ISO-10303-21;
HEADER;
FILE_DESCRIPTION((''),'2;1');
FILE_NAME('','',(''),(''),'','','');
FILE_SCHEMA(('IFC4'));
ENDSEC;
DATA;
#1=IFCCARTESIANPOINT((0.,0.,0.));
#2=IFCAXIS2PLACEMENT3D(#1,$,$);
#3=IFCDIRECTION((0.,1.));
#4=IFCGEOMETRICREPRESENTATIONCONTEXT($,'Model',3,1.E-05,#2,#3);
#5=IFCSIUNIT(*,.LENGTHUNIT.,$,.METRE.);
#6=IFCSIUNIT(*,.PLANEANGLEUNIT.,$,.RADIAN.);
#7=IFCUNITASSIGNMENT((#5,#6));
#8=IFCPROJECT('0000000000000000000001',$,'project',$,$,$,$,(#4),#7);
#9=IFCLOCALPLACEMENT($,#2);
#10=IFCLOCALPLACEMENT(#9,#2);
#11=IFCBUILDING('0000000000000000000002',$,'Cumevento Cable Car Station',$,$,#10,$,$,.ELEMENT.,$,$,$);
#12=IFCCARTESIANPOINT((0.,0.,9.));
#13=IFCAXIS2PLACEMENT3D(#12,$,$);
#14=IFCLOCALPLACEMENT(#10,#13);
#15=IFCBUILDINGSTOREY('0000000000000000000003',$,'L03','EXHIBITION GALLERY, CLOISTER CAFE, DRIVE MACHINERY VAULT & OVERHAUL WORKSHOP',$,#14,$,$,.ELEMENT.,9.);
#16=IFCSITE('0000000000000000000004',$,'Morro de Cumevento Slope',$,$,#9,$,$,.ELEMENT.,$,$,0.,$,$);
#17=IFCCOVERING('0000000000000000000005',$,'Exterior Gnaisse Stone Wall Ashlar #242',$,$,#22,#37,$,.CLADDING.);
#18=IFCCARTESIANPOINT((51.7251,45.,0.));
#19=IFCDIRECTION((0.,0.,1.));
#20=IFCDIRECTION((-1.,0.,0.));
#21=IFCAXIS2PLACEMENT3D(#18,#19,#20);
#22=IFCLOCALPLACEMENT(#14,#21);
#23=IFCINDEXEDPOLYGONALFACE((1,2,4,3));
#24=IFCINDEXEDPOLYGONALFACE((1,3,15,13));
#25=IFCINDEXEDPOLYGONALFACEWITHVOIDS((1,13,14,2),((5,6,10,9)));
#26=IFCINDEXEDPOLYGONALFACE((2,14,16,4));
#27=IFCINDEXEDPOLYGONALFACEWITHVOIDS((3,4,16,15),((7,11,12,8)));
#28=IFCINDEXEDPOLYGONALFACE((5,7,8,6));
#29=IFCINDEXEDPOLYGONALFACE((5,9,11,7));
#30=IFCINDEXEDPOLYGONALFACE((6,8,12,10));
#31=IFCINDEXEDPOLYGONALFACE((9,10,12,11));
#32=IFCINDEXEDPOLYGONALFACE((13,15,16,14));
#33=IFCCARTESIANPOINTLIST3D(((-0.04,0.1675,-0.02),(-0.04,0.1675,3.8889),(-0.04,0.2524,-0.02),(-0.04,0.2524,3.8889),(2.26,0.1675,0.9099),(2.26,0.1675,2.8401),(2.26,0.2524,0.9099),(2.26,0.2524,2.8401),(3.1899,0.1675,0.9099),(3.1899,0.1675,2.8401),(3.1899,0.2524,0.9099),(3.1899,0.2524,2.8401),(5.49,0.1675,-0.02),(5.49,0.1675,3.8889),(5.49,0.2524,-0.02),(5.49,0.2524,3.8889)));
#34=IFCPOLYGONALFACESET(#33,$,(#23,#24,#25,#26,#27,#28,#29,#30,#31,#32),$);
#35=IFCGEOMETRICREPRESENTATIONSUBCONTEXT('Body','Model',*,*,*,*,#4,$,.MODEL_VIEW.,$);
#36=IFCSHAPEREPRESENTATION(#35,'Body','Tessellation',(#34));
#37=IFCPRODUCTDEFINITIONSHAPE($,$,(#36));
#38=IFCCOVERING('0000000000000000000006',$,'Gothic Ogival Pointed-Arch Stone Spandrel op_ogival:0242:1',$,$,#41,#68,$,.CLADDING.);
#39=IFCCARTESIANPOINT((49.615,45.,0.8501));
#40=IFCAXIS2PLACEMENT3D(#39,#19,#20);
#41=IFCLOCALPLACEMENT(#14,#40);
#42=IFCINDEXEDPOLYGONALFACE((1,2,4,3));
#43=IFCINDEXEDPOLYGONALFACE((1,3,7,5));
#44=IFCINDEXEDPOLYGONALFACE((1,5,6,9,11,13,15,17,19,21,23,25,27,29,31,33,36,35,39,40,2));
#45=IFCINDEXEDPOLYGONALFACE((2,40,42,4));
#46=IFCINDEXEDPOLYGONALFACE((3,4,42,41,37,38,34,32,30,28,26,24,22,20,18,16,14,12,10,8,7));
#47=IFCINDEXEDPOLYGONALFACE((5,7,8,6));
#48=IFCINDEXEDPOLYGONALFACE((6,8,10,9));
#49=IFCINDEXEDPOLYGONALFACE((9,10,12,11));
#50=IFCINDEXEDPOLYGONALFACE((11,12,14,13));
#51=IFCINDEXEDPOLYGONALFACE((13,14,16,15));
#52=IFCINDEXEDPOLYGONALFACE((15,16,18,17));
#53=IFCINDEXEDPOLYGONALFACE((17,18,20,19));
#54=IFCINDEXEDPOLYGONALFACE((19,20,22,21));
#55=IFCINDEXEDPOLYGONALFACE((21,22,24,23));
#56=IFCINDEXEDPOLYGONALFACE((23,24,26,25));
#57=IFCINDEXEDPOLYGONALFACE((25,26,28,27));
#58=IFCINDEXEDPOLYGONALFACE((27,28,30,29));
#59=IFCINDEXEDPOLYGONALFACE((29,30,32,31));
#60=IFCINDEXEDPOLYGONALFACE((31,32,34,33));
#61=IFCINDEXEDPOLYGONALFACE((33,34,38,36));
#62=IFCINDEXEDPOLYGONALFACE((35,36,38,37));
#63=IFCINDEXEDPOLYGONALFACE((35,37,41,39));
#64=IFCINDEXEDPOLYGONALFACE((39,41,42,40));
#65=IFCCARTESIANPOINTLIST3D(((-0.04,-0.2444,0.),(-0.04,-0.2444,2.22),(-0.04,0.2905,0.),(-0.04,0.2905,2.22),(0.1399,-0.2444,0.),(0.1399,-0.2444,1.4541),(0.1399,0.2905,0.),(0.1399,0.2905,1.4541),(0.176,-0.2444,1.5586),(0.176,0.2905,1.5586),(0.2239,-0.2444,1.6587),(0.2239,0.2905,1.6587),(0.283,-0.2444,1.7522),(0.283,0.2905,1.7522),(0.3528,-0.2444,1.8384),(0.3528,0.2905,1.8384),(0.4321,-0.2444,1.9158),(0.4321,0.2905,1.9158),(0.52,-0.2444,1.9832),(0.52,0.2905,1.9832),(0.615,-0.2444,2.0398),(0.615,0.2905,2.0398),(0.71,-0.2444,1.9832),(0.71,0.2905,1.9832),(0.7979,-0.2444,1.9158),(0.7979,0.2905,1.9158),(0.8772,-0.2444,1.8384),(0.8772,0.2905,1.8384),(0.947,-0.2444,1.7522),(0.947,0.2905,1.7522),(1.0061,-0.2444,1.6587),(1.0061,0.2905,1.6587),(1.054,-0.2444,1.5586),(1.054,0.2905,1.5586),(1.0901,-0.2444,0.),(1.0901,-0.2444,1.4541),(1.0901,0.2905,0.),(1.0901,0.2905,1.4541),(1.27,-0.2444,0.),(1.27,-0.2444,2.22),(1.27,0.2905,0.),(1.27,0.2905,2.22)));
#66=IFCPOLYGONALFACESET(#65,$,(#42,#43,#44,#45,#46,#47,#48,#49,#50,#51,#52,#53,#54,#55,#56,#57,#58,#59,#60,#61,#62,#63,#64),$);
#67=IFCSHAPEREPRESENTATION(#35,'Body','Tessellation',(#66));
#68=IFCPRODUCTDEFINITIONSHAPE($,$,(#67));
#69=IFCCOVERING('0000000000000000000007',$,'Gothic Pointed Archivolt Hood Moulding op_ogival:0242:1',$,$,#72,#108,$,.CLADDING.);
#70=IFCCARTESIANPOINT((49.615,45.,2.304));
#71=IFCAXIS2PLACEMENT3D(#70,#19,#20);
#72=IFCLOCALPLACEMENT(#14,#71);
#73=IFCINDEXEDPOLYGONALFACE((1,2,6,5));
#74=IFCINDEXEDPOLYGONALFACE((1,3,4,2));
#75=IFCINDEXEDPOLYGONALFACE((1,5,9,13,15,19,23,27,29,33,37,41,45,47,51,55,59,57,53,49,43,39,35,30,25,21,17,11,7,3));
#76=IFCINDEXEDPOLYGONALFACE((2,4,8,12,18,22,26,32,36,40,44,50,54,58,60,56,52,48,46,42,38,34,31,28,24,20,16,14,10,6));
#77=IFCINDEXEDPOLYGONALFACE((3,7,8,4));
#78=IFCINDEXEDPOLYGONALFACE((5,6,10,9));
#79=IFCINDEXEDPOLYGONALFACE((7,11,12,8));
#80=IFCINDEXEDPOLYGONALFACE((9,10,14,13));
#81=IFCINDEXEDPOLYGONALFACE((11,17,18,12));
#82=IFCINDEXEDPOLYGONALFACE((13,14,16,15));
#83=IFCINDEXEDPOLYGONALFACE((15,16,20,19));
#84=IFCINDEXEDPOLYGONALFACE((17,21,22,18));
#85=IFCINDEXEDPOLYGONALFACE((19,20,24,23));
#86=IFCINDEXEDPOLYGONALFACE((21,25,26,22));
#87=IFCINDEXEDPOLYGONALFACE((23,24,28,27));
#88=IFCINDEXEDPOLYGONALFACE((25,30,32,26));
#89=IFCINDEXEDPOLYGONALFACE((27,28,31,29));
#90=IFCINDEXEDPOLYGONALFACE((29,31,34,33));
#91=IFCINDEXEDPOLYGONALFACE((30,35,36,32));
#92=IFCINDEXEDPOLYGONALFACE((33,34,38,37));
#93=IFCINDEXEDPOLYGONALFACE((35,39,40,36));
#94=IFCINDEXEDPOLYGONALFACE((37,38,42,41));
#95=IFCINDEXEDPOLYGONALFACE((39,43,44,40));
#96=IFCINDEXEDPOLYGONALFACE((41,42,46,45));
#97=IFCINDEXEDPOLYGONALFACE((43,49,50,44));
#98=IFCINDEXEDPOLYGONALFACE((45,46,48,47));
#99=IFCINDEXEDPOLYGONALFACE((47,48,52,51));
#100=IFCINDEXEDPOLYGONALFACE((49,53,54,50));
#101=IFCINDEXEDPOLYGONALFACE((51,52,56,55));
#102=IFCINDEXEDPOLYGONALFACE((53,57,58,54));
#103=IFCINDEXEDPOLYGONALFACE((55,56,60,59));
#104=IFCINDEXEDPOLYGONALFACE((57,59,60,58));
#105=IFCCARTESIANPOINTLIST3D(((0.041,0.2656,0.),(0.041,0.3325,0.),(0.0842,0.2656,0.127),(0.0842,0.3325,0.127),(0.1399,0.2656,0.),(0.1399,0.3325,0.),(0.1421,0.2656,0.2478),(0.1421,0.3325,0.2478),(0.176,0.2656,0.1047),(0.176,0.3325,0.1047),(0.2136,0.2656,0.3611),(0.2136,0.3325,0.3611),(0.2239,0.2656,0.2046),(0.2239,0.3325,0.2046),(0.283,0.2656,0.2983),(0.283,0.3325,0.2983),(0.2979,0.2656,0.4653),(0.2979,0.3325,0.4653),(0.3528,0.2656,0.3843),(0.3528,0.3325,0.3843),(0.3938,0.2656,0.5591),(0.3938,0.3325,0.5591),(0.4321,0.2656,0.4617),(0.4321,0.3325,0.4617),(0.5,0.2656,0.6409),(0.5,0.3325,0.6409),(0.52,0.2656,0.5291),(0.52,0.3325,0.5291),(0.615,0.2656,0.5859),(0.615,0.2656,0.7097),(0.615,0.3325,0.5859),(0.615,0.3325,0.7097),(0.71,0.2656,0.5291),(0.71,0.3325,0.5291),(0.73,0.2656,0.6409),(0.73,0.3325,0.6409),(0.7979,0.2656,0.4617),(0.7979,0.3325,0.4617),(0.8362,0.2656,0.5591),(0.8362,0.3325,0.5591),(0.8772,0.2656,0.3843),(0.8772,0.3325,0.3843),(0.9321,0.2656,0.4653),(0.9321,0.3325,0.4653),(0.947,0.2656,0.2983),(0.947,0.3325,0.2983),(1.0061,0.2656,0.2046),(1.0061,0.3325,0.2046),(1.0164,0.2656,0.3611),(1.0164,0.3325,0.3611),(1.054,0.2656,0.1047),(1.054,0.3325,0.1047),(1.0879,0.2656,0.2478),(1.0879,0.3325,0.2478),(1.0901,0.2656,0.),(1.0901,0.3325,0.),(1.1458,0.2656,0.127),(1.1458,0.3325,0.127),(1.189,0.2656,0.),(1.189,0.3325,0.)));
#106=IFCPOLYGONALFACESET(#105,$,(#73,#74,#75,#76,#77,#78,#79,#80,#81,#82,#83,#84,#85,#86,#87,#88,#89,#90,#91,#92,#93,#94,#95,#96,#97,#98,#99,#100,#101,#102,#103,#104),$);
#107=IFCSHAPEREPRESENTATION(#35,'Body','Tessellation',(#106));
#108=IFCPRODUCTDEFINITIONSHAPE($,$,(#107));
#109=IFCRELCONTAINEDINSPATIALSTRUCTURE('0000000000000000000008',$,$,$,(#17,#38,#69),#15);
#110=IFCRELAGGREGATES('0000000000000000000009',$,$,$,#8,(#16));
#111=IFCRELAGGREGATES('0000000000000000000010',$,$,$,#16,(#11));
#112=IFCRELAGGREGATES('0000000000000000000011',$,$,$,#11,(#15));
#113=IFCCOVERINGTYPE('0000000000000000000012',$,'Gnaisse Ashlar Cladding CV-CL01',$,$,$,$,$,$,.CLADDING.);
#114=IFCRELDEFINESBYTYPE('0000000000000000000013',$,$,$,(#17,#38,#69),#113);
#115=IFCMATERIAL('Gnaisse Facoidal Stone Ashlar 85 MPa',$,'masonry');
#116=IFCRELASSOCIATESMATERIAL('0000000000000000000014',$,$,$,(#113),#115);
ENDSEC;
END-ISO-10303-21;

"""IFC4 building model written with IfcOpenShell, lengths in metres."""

from ifc_helpers import new_model, si_unit, direction, frame, origin, place, context, subcontext, project, spatial, polyline, outline, extrude, material, type_object, element, save


model = new_model("IFC4")

# Units and contexts
model_context = context("Model", 3, precision=1e-05, world=origin(), true_north=direction((0.0, 1.0)))
body_context = subcontext(model_context, "Body", "Model", "MODEL_VIEW")
ifc_project = project(units=[si_unit("LENGTHUNIT", "METRE"), si_unit("PLANEANGLEUNIT", "RADIAN")], contexts=[model_context])

# Site, building, storey
site_placement = place(None, origin())
site = spatial("IfcSite", under=ifc_project, at=site_placement, Name="Morro de Cumevento Slope", CompositionType="ELEMENT", RefElevation=0.0)
building_placement = place(site_placement, origin())
building = spatial("IfcBuilding", under=site, at=building_placement, Name="Cumevento Cable Car Station", CompositionType="ELEMENT")
storey_placement = place(building_placement, frame((0.0, 0.0, 9.0)))
storey = spatial("IfcBuildingStorey", under=building, at=storey_placement, Name="L03", Description="EXHIBITION GALLERY, CLOISTER CAFE, DRIVE MACHINERY VAULT & OVERHAUL WORKSHOP", CompositionType="ELEMENT", Elevation=9.0)

# Coverings
ifc_material_1 = material(Name="Gnaisse Facoidal Stone Ashlar 85 MPa", Category="masonry")
covering_type = type_object("IfcCoveringType", Name="Gnaisse Ashlar Cladding CV-CL01", PredefinedType="CLADDING", material=ifc_material_1)
covering_1_placement = place(storey_placement, frame((51.7251, 45.0, 0.0), z_axis=(0.0, 0.0, 1.0), x_axis=(-1.0, 0.0, 0.0)))
element("IfcCovering", 1, at=covering_1_placement, inside=storey, type_object=covering_type, Name="Exterior Gnaisse Stone Wall Ashlar #242", PredefinedType="CLADDING", context=body_context, shape_type="SweptSolid", body=[
    extrude(outline(polyline([(-0.04, -0.02), (5.49, -0.02), (5.49, 3.8889), (-0.04, 3.8889), (-0.04, -0.02)]), holes=[polyline([(2.26, 0.9099), (3.1899, 0.9099), (3.1899, 2.8401), (2.26, 2.8401), (2.26, 0.9099)])]), frame((0.0, 0.2524, 0.0), z_axis=(0.0, -1.0, 0.0), x_axis=(1.0, 0.0, 0.0)), (0.0, 0.0, 1.0), 0.085),
])
covering_2_placement = place(storey_placement, frame((49.615, 45.0, 0.8501), z_axis=(0.0, 0.0, 1.0), x_axis=(-1.0, 0.0, 0.0)))
element("IfcCovering", 2, at=covering_2_placement, inside=storey, type_object=covering_type, Name="Gothic Ogival Pointed-Arch Stone Spandrel op_ogival:0242:1", PredefinedType="CLADDING", context=body_context, shape_type="SweptSolid", body=[
    extrude(outline(polyline([(-0.04, 0.0), (-0.04, 2.22), (1.27, 2.22), (1.27, 0.0), (1.0901, 0.0), (1.0901, 1.4541), (1.054, 1.5586), (1.0061, 1.6587), (0.947, 1.7522), (0.8772, 1.8384), (0.7979, 1.9158), (0.71, 1.9832), (0.615, 2.0398), (0.52, 1.9832), (0.4321, 1.9158), (0.3528, 1.8384), (0.283, 1.7522), (0.2239, 1.6587), (0.176, 1.5586), (0.1399, 1.4541), (0.1399, 0.0), (-0.04, 0.0)])), frame((0.0, 0.2905, 0.0), z_axis=(0.0, -1.0, 0.0), x_axis=(1.0, 0.0, 0.0)), (0.0, 0.0, 1.0), 0.5349),
])
covering_3_placement = place(storey_placement, frame((49.615, 45.0, 2.304), z_axis=(0.0, 0.0, 1.0), x_axis=(-1.0, 0.0, 0.0)))
element("IfcCovering", 3, at=covering_3_placement, inside=storey, type_object=covering_type, Name="Gothic Pointed Archivolt Hood Moulding op_ogival:0242:1", PredefinedType="CLADDING", context=body_context, shape_type="SweptSolid", body=[
    extrude(outline(polyline([(0.1399, 0.0), (0.176, 0.1047), (0.2239, 0.2046), (0.283, 0.2983), (0.3528, 0.3843), (0.4321, 0.4617), (0.52, 0.5291), (0.615, 0.5859), (0.71, 0.5291), (0.7979, 0.4617), (0.8772, 0.3843), (0.947, 0.2983), (1.0061, 0.2046), (1.054, 0.1047), (1.0901, 0.0), (1.189, 0.0), (1.1458, 0.127), (1.0879, 0.2478), (1.0164, 0.3611), (0.9321, 0.4653), (0.8362, 0.5591), (0.73, 0.6409), (0.615, 0.7097), (0.5, 0.6409), (0.3938, 0.5591), (0.2979, 0.4653), (0.2136, 0.3611), (0.1421, 0.2478), (0.0842, 0.127), (0.041, 0.0), (0.1399, 0.0)])), frame((0.0, 0.3325, 0.0), z_axis=(0.0, -1.0, 0.0), x_axis=(1.0, 0.0, 0.0)), (0.0, 0.0, 1.0), 0.0669),
])

save(model, "model.ifc")
